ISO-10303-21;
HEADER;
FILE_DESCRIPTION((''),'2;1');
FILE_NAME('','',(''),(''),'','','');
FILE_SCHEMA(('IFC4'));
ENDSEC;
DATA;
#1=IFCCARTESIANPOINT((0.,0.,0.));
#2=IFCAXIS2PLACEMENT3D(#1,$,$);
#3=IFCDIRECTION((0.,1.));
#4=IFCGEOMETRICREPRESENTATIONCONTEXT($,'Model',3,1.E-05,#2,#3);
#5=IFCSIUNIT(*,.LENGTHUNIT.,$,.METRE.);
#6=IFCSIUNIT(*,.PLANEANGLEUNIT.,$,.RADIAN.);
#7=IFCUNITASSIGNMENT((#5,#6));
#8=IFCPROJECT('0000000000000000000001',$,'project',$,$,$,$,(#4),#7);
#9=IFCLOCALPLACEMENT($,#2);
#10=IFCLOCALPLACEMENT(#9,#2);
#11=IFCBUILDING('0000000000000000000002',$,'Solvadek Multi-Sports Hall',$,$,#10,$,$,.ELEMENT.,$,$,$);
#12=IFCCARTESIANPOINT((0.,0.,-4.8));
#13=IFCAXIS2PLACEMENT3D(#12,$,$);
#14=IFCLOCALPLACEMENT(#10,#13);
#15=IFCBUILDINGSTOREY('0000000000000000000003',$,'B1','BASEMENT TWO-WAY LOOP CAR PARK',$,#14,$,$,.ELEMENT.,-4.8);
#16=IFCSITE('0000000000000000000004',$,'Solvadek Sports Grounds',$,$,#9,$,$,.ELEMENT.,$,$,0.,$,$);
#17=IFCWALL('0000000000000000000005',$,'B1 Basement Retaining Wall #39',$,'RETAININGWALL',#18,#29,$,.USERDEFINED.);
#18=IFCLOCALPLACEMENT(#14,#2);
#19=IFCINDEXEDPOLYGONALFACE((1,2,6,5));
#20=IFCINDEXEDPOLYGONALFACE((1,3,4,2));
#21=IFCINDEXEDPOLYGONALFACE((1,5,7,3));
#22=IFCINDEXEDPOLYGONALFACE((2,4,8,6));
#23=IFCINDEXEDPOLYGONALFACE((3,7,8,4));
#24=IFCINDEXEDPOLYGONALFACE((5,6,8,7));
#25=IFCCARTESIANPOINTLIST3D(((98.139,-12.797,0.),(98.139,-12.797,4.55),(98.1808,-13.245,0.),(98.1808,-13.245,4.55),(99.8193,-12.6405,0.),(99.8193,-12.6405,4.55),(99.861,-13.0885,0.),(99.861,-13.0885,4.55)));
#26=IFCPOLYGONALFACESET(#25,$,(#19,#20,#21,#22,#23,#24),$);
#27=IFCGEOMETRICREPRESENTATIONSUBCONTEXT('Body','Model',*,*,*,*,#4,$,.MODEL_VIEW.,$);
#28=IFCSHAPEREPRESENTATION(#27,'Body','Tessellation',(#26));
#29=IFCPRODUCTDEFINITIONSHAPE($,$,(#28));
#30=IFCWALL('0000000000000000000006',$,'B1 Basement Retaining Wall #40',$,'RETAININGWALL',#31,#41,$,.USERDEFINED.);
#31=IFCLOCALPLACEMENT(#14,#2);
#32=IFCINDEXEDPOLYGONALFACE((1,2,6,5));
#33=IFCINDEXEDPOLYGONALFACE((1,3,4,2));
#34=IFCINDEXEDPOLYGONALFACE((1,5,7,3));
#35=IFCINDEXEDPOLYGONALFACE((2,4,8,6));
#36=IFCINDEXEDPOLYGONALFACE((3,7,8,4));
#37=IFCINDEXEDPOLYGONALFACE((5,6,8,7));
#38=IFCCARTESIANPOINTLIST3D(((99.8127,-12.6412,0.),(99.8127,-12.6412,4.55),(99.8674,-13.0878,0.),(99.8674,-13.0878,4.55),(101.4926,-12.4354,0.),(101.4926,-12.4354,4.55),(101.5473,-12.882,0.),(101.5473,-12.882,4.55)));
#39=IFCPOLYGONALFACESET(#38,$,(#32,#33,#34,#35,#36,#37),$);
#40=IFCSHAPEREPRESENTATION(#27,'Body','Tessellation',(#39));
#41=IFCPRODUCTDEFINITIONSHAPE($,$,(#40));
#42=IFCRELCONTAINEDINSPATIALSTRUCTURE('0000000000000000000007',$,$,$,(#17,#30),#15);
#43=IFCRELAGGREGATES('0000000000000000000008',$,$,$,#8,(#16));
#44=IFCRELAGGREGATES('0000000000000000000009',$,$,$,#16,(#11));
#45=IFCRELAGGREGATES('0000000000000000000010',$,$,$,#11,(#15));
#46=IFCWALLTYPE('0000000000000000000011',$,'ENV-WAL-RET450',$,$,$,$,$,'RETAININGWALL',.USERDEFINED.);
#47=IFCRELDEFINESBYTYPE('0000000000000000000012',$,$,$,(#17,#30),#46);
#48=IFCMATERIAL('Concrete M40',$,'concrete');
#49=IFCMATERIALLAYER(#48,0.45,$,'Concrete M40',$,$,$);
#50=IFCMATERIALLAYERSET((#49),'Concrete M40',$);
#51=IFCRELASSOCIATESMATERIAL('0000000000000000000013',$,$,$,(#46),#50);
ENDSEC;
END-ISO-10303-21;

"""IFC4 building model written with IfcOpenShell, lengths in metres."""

from ifc_helpers import new_model, si_unit, direction, frame, frame_2d, origin, place, context, subcontext, project, spatial, rectangle, extrude, material, layer, layer_set, type_object, element, save


model = new_model("IFC4")

# Units and contexts
model_context = context("Model", 3, precision=1e-05, world=origin(), true_north=direction((0.0, 1.0)))
body_context = subcontext(model_context, "Body", "Model", "MODEL_VIEW")
ifc_project = project(units=[si_unit("LENGTHUNIT", "METRE"), si_unit("PLANEANGLEUNIT", "RADIAN")], contexts=[model_context])

# Site, building, storey
site_placement = place(None, origin())
site = spatial("IfcSite", under=ifc_project, at=site_placement, Name="Solvadek Sports Grounds", CompositionType="ELEMENT", RefElevation=0.0)
building_placement = place(site_placement, origin())
building = spatial("IfcBuilding", under=site, at=building_placement, Name="Solvadek Multi-Sports Hall", CompositionType="ELEMENT")
storey_placement = place(building_placement, frame((0.0, 0.0, -4.8)))
storey = spatial("IfcBuildingStorey", under=building, at=storey_placement, Name="B1", Description="BASEMENT TWO-WAY LOOP CAR PARK", CompositionType="ELEMENT", Elevation=-4.8)

# Shared definitions
ifc_material_1 = material(Name="Concrete M40", Category="concrete")

# Walls
ifc_layer_1 = layer(ifc_material_1, 0.45, Name="Concrete M40")
ifc_layer_set_1 = layer_set([ifc_layer_1], Name="Concrete M40")
wall_type = type_object("IfcWallType", Name="ENV-WAL-RET450", ElementType="RETAININGWALL", PredefinedType="USERDEFINED", material=ifc_layer_set_1)
wall_1_placement = place(storey_placement, frame((98.1599, -13.021, 0.0), z_axis=(0.0, 0.0, 1.0), x_axis=(0.99569, 0.09274, 0.0)))
element("IfcWall", 1, at=wall_1_placement, inside=storey, type_object=wall_type, Name="B1 Basement Retaining Wall #39", ObjectType="RETAININGWALL", PredefinedType="USERDEFINED", context=body_context, shape_type="SweptSolid", body=[
    extrude(rectangle(XDim=1.6875, YDim=0.45, at=frame_2d((0.8438, 0.0))), origin(), (0.0, 0.0, 1.0), 4.55),
])
wall_2_placement = place(storey_placement, frame((99.8401, -12.8645, 0.0), z_axis=(0.0, 0.0, 1.0), x_axis=(0.992579, 0.121602, 0.0)))
element("IfcWall", 2, at=wall_2_placement, inside=storey, type_object=wall_type, Name="B1 Basement Retaining Wall #40", ObjectType="RETAININGWALL", PredefinedType="USERDEFINED", context=body_context, shape_type="SweptSolid", body=[
    extrude(rectangle(XDim=1.6924, YDim=0.45, at=frame_2d((0.8462, 0.0))), origin(), (0.0, 0.0, 1.0), 4.55),
])

save(model, "model.ifc")
